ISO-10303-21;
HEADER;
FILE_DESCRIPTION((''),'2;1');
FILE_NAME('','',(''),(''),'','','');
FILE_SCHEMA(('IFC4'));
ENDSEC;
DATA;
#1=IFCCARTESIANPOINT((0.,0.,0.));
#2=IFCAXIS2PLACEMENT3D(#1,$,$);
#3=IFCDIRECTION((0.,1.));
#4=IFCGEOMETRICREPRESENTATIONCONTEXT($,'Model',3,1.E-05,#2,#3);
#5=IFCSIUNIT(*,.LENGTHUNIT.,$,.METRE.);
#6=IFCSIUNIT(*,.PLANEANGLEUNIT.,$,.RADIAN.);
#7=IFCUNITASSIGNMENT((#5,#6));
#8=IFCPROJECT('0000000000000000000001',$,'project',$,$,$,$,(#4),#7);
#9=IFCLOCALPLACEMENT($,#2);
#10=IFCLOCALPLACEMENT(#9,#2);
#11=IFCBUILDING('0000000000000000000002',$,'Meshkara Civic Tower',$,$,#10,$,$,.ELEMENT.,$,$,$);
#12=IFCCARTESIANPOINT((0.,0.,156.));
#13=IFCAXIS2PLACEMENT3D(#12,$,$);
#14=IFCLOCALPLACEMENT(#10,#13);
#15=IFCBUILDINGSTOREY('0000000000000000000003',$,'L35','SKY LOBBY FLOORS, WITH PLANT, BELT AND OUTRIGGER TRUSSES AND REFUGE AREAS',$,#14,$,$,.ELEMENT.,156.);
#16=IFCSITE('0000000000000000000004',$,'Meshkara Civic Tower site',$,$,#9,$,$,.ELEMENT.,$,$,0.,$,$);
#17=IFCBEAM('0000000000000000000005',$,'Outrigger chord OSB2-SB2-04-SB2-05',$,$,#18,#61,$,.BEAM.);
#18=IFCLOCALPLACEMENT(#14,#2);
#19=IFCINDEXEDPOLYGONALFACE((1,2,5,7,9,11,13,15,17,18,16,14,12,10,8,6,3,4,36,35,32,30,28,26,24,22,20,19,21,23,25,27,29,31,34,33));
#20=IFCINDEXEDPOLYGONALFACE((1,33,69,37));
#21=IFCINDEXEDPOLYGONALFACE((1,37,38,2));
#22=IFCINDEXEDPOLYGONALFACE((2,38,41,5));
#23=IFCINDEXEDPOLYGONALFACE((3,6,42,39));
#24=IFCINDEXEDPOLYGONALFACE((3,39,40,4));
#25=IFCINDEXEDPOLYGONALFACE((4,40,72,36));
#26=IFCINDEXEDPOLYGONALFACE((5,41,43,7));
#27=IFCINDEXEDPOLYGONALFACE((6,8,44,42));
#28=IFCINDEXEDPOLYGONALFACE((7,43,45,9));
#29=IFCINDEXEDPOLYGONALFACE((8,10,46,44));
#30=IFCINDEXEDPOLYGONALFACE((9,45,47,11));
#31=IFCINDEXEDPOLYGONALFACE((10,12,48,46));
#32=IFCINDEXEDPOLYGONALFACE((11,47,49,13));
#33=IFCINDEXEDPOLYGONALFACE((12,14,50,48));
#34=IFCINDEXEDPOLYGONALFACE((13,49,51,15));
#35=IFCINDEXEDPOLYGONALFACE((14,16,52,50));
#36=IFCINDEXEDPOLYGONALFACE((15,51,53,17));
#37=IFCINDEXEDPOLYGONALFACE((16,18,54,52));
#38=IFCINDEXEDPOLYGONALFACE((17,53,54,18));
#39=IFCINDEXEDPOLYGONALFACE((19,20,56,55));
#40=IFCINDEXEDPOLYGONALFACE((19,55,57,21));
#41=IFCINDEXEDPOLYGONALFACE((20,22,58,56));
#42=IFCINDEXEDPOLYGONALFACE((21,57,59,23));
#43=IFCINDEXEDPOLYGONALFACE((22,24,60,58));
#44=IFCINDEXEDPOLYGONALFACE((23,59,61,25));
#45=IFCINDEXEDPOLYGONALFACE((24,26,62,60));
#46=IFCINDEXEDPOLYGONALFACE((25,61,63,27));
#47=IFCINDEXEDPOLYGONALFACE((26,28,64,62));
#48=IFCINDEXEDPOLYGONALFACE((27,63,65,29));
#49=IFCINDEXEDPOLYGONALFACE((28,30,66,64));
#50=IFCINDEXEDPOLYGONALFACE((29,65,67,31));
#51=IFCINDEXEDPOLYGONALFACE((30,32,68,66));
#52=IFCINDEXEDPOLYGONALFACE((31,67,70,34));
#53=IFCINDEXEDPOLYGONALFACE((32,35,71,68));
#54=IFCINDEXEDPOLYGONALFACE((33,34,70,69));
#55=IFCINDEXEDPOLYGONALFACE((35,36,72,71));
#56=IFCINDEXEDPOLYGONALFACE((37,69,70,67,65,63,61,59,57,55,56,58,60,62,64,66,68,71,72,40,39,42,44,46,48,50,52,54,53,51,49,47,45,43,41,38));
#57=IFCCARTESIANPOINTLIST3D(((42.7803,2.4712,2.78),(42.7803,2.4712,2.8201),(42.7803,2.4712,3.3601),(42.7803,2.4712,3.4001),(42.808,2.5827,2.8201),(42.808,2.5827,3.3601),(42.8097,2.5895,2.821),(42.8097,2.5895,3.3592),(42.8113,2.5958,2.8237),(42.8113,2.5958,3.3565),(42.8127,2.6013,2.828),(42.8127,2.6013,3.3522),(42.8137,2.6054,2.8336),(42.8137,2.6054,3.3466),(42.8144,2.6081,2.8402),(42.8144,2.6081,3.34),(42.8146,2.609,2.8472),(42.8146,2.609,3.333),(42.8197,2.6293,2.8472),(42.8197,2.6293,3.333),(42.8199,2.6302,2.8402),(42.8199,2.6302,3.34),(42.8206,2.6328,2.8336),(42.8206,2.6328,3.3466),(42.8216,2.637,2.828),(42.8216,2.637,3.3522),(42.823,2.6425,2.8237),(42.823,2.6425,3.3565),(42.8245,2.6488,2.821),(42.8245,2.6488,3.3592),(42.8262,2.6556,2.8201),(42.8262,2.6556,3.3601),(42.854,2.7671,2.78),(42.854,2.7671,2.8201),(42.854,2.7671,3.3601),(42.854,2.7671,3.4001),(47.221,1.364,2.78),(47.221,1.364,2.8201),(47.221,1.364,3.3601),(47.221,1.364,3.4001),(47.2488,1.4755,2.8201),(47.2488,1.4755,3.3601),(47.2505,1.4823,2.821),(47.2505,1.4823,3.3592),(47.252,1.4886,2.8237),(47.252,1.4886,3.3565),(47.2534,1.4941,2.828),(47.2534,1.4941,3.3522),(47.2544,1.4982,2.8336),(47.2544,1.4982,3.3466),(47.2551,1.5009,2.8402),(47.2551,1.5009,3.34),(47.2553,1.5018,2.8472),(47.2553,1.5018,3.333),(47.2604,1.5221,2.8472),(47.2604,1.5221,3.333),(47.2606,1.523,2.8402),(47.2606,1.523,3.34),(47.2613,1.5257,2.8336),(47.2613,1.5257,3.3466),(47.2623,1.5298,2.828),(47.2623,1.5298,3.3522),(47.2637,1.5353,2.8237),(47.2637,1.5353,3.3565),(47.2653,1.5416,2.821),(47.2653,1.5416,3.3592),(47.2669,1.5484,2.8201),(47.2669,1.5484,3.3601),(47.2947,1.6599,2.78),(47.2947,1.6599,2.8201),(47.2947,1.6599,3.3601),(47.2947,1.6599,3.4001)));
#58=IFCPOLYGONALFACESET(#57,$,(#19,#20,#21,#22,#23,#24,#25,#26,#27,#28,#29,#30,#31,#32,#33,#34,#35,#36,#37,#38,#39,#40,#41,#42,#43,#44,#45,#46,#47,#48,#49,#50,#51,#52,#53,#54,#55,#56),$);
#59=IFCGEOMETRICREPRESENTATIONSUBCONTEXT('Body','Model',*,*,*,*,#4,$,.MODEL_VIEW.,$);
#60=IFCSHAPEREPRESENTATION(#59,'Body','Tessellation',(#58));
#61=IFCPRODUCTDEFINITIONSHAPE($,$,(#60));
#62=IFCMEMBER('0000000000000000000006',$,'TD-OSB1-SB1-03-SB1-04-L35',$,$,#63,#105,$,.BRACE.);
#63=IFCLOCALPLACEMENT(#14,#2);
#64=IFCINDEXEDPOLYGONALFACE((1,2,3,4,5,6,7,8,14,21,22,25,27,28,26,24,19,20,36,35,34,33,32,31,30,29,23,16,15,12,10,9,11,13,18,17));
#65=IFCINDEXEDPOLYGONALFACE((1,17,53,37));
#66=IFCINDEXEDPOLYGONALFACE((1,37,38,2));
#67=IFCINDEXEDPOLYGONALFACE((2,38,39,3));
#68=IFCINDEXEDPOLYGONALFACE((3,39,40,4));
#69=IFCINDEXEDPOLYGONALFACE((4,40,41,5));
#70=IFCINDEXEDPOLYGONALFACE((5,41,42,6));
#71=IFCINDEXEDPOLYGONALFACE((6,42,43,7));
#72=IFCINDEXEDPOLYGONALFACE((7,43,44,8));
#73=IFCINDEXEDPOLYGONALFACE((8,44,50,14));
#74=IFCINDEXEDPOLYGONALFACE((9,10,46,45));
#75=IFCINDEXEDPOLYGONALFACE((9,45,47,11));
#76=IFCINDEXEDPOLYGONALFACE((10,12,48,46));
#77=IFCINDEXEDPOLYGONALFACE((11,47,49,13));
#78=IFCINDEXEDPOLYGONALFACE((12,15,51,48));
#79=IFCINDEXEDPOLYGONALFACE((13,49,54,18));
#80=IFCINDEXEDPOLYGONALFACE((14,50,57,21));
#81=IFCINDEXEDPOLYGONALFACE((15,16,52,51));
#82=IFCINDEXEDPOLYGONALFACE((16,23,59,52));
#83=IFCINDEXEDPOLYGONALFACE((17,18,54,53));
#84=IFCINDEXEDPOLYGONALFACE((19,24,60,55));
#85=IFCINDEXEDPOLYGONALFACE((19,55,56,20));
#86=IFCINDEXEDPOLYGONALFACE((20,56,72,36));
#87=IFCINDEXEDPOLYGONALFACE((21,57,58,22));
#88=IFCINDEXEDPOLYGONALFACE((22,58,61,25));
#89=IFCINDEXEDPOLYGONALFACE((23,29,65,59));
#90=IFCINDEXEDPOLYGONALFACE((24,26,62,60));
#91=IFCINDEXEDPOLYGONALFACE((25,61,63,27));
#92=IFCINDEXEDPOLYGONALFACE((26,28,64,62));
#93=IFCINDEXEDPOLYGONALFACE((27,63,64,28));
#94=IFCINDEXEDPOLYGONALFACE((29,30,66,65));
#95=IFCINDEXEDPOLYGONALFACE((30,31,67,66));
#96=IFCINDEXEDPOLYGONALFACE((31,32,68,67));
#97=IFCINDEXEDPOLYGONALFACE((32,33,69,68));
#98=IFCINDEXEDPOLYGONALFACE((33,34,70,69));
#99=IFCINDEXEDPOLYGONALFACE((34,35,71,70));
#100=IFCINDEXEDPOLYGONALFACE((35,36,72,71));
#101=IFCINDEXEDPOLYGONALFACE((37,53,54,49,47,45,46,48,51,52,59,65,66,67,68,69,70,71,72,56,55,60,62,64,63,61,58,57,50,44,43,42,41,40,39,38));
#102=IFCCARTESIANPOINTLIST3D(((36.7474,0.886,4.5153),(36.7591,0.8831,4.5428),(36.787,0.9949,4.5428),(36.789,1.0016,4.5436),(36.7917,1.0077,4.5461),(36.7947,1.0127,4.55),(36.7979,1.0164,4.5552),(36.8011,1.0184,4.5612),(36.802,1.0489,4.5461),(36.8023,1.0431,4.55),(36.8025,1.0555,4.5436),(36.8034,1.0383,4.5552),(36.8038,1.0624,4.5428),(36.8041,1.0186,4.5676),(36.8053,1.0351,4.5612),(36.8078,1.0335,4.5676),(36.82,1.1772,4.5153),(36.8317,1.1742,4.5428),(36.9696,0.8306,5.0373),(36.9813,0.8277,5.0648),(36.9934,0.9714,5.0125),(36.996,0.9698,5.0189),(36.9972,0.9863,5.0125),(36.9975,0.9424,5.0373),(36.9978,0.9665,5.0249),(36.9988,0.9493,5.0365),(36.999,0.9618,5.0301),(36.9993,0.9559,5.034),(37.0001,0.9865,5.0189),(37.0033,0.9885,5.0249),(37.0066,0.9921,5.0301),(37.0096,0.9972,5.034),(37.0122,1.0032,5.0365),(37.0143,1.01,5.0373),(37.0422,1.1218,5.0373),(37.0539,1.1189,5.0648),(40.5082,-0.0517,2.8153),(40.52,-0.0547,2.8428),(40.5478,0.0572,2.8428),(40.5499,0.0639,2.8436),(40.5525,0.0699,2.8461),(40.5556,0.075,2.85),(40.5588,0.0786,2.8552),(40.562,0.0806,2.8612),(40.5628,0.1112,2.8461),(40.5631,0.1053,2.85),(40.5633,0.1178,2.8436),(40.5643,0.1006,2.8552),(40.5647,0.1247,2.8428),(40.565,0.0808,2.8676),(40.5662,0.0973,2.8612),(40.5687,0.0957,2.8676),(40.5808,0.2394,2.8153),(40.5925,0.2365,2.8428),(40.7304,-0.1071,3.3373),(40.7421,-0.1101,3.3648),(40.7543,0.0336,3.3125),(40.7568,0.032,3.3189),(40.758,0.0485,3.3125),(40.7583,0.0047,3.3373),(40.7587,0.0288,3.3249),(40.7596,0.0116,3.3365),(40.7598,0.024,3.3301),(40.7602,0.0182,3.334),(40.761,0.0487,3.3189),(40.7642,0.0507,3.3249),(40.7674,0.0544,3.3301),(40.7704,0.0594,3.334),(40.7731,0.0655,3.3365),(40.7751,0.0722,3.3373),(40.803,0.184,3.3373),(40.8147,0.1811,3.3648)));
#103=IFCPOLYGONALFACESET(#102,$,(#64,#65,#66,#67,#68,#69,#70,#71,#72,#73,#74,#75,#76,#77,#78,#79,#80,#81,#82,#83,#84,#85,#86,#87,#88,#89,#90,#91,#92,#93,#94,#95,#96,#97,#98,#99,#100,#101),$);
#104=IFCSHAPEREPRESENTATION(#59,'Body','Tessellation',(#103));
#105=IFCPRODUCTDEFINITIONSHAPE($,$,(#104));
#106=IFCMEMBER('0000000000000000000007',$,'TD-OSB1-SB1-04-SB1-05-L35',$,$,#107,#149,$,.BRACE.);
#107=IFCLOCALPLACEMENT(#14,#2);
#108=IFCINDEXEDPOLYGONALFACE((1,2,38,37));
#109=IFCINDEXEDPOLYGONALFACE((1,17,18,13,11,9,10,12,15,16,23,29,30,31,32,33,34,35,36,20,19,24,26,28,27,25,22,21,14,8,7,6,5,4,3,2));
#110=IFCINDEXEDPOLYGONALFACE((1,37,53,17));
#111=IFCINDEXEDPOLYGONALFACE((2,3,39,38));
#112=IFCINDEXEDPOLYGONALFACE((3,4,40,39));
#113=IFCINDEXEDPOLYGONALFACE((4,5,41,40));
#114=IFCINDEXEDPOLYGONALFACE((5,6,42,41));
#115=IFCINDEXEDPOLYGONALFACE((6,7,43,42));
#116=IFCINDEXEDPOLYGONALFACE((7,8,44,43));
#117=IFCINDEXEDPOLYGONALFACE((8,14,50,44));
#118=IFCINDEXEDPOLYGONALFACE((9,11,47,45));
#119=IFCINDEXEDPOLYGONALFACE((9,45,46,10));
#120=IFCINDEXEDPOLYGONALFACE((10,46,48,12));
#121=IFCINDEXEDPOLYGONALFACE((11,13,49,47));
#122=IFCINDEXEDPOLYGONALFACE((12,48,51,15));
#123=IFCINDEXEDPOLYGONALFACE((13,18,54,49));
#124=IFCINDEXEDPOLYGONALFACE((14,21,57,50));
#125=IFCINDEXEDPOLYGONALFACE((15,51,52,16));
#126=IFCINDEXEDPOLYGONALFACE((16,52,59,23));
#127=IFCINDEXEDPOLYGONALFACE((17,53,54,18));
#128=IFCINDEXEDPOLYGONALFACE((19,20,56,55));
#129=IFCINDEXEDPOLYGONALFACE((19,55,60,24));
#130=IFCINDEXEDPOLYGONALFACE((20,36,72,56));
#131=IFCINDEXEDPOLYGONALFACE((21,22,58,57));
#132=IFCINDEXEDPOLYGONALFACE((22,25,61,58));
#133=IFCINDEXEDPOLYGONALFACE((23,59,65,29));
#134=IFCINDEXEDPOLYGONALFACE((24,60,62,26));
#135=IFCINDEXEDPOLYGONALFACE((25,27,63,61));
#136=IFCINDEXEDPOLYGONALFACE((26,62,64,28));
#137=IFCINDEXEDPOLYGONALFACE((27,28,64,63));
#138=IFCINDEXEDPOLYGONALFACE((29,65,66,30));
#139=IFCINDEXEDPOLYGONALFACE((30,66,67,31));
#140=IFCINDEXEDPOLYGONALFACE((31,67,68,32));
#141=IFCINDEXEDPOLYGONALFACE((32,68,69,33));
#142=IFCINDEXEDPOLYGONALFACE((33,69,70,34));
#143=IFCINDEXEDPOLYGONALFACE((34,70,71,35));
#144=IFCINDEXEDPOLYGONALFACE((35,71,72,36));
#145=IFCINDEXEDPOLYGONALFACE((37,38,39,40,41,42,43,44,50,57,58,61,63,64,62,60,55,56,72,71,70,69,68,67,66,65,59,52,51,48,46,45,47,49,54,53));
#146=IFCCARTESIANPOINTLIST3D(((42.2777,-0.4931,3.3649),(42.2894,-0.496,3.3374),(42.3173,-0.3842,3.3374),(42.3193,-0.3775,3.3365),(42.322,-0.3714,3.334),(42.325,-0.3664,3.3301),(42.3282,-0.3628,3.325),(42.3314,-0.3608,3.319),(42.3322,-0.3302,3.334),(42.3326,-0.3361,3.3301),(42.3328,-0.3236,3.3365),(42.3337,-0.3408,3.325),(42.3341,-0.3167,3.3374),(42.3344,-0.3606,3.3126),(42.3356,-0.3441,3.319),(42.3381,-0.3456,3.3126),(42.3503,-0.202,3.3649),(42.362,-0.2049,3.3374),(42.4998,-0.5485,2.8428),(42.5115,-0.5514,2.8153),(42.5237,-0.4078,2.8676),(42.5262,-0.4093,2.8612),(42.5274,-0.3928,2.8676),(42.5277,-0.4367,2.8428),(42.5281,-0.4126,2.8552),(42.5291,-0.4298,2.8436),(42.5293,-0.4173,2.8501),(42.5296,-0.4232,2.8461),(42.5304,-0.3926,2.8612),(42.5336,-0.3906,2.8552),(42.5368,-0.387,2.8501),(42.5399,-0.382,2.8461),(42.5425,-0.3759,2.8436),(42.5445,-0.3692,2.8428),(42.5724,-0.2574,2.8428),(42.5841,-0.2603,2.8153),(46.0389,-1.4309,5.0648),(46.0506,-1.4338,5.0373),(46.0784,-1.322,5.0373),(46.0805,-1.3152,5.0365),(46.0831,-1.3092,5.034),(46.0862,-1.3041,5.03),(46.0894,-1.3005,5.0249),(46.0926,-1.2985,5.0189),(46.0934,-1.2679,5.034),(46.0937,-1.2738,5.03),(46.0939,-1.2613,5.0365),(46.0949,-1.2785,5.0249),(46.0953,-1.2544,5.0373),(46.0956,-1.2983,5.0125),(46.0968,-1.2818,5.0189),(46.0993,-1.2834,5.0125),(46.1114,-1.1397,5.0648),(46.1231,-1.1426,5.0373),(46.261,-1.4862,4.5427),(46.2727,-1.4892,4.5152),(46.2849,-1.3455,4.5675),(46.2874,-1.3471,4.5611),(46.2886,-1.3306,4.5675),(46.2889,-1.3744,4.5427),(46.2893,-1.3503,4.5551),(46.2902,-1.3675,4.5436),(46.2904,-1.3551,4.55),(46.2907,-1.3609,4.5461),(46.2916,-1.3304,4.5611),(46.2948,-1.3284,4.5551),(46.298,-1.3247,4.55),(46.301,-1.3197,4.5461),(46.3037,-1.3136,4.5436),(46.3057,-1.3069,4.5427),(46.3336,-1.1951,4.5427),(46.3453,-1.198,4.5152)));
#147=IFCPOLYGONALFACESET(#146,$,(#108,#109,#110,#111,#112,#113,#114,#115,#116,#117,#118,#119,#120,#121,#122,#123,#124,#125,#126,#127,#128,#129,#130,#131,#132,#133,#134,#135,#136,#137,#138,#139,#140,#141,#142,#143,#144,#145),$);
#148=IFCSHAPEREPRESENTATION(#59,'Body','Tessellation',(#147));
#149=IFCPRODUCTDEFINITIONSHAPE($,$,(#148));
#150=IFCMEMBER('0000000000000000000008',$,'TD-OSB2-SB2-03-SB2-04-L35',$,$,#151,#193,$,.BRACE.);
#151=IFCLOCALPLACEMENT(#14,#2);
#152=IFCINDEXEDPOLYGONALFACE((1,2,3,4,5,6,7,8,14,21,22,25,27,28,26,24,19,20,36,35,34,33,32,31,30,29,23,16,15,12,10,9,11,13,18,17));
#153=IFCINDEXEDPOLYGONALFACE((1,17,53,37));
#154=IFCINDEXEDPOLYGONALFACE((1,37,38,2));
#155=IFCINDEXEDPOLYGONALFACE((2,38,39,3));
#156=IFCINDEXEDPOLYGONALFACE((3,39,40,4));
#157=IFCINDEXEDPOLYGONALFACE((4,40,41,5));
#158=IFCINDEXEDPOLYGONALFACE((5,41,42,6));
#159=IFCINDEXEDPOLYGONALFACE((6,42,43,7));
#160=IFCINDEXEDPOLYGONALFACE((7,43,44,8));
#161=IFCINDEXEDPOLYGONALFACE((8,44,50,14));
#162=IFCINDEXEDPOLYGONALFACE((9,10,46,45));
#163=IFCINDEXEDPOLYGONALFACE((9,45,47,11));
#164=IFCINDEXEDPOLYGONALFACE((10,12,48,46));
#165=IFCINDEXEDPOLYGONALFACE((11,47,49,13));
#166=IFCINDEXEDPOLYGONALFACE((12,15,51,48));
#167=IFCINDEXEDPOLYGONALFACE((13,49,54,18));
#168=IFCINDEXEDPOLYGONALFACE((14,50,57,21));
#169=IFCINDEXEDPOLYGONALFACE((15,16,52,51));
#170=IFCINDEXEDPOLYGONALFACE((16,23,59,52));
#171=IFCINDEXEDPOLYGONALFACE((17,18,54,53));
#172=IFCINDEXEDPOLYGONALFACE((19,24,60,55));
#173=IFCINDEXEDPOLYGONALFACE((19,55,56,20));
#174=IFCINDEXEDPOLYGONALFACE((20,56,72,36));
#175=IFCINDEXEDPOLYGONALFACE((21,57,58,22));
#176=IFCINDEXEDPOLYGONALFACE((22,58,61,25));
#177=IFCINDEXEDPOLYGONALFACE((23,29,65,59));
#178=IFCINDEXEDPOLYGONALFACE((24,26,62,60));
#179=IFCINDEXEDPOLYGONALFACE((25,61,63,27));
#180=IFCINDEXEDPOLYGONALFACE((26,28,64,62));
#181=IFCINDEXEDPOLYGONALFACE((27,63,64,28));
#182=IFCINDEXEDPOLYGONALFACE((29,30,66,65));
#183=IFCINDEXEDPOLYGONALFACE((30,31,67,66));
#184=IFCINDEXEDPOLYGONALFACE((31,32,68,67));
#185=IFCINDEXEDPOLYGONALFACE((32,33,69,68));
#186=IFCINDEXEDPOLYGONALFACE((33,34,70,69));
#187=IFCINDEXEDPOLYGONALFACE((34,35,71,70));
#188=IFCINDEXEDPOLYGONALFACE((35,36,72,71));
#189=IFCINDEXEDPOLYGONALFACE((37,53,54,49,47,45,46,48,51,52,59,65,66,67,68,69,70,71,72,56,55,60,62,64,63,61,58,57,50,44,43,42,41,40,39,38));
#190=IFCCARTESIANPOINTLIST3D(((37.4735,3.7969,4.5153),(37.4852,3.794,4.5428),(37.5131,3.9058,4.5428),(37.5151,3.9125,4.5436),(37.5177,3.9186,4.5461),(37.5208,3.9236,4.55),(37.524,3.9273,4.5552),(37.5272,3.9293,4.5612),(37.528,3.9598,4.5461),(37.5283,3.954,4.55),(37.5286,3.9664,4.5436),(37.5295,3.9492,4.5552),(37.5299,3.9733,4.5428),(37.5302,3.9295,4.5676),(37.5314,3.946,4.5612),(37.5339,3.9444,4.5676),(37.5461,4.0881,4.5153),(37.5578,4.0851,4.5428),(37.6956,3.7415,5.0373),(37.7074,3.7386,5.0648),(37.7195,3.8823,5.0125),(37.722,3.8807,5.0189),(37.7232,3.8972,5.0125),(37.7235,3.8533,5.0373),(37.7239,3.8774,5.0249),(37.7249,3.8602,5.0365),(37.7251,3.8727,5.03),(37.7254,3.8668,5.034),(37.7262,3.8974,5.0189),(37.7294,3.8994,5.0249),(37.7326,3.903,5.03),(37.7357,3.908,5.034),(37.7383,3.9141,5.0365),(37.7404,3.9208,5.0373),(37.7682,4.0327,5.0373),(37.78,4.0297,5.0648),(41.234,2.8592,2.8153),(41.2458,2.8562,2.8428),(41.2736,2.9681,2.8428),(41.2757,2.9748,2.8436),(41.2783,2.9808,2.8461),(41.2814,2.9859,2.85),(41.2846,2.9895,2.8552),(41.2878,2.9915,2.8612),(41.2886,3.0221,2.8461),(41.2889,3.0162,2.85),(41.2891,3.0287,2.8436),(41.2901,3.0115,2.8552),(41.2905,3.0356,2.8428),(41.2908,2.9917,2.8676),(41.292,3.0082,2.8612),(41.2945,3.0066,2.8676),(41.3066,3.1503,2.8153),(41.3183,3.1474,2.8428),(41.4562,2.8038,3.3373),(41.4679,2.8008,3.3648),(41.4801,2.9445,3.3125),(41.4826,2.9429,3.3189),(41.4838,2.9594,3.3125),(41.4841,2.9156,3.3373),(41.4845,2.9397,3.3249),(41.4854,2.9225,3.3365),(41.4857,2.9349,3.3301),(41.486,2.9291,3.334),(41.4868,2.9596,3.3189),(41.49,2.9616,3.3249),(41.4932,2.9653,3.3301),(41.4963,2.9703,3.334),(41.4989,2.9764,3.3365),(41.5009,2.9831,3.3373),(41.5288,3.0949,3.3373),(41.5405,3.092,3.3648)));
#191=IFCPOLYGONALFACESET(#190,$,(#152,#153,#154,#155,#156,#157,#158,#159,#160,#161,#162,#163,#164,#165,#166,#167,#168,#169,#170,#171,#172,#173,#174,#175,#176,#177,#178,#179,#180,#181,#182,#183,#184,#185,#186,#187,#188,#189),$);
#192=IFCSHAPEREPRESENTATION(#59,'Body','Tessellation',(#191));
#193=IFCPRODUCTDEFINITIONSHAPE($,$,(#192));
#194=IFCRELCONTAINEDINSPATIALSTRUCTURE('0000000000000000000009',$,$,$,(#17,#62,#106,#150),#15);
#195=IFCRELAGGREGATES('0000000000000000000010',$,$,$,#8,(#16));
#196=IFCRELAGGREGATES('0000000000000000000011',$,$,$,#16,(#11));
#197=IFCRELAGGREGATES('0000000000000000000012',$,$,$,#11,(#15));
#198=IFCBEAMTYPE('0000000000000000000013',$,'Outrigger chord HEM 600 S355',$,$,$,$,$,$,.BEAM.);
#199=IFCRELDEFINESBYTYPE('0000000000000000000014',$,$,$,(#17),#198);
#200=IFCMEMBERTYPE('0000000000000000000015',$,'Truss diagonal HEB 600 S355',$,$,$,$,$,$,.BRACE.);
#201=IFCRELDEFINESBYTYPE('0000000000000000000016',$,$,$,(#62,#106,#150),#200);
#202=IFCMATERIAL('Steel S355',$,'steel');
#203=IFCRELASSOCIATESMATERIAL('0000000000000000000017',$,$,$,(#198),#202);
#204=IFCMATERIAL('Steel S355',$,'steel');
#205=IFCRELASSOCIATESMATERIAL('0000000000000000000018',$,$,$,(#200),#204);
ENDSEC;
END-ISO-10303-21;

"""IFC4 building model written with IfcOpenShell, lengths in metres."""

from ifc_helpers import new_model, si_unit, direction, frame, origin, origin_2d, place, context, subcontext, project, spatial, i_section, extrude, material, material_profile, profile_set, type_object, element, save


model = new_model("IFC4")

# Units and contexts
model_context = context("Model", 3, precision=1e-05, world=origin(), true_north=direction((0.0, 1.0)))
body_context = subcontext(model_context, "Body", "Model", "MODEL_VIEW")
ifc_project = project(units=[si_unit("LENGTHUNIT", "METRE"), si_unit("PLANEANGLEUNIT", "RADIAN")], contexts=[model_context])

# Site, building, storey
site_placement = place(None, origin())
site = spatial("IfcSite", under=ifc_project, at=site_placement, Name="Meshkara Civic Tower site", CompositionType="ELEMENT", RefElevation=0.0)
building_placement = place(site_placement, origin())
building = spatial("IfcBuilding", under=site, at=building_placement, Name="Meshkara Civic Tower", CompositionType="ELEMENT")
storey_placement = place(building_placement, frame((0.0, 0.0, 156.0)))
storey = spatial("IfcBuildingStorey", under=building, at=storey_placement, Name="L35", Description="SKY LOBBY FLOORS, WITH PLANT, BELT AND OUTRIGGER TRUSSES AND REFUGE AREAS", CompositionType="ELEMENT", Elevation=156.0)

# Beam
ifc_material_1 = material(Name="Steel S355", Category="steel")
ifc_material_profile_1 = material_profile(ifc_material_1, i_section(OverallWidth=0.3049, OverallDepth=0.6201, WebThickness=0.021, FlangeThickness=0.04, FilletRadius=0.0271, at=origin_2d()))
ifc_profile_set_1 = profile_set([ifc_material_profile_1], Name="Steel S355")
beam_type = type_object("IfcBeamType", Name="Outrigger chord HEM 600 S355", PredefinedType="BEAM", material=ifc_profile_set_1)
for number, where, z_axis, x_axis, name in (
    (1, (42.8171, 2.6191, 3.0901), (0.970296, -0.241921, 0.0), (0.241921, 0.970296, 0.0), "Outrigger chord OSB2-SB2-04-SB2-05"),
):
    element("IfcBeam", number, at=place(storey_placement, frame(where, z_axis=z_axis, x_axis=x_axis)), inside=storey, type_object=beam_type, Name=name, PredefinedType="BEAM", context=body_context, shape_type="SweptSolid", body=[
        extrude(i_section(OverallWidth=0.3049, OverallDepth=0.6201, WebThickness=0.021, FlangeThickness=0.04, FilletRadius=0.0271, at=origin_2d()), origin(), (0.0, 0.0, 1.0), 4.5767),
    ])

# Members
ifc_material_2 = material(Name="Steel S355", Category="steel")
ifc_material_profile_2 = material_profile(ifc_material_2, i_section(OverallWidth=0.3, OverallDepth=0.6001, WebThickness=0.0154, FlangeThickness=0.03, FilletRadius=0.0271, at=origin_2d()))
ifc_profile_set_2 = profile_set([ifc_material_profile_2], Name="Steel S355")
member_type = type_object("IfcMemberType", Name="Truss diagonal HEB 600 S355", PredefinedType="BRACE", material=ifc_profile_set_2)
member_1_placement = place(storey_placement, frame((36.9006, 1.0024, 4.79), z_axis=(0.888581, -0.221568, -0.401661), x_axis=(0.241943, 0.970291, 0.0)))
element("IfcMember", 2, at=member_1_placement, inside=storey, type_object=member_type, Name="TD-OSB1-SB1-03-SB1-04-L35", PredefinedType="BRACE", context=body_context, shape_type="SweptSolid", body=[
    extrude(i_section(OverallWidth=0.3, OverallDepth=0.6001, WebThickness=0.0154, FlangeThickness=0.03, FilletRadius=0.0271, at=origin_2d()), origin(), (0.0, 0.0, 1.0), 4.2324),
])
member_2_placement = place(storey_placement, frame((42.4309, -0.3767, 3.0901), z_axis=(0.888605, -0.221546, 0.40162), x_axis=(0.241913, 0.970298, 0.0)))
element("IfcMember", 3, at=member_2_placement, inside=storey, type_object=member_type, Name="TD-OSB1-SB1-04-SB1-05-L35", PredefinedType="BRACE", context=body_context, shape_type="SweptSolid", body=[
    extrude(i_section(OverallWidth=0.3, OverallDepth=0.6001, WebThickness=0.0154, FlangeThickness=0.03, FilletRadius=0.0271, at=origin_2d()), origin(), (0.0, 0.0, 1.0), 4.2327),
])
member_3_placement = place(storey_placement, frame((37.6267, 3.9133, 4.79), z_axis=(0.888569, -0.22158, -0.401682), x_axis=(0.241958, 0.970287, 0.0)))
element("IfcMember", 4, at=member_3_placement, inside=storey, type_object=member_type, Name="TD-OSB2-SB2-03-SB2-04-L35", PredefinedType="BRACE", context=body_context, shape_type="SweptSolid", body=[
    extrude(i_section(OverallWidth=0.3, OverallDepth=0.6001, WebThickness=0.0154, FlangeThickness=0.03, FilletRadius=0.0271, at=origin_2d()), origin(), (0.0, 0.0, 1.0), 4.2322),
])

save(model, "model.ifc")
